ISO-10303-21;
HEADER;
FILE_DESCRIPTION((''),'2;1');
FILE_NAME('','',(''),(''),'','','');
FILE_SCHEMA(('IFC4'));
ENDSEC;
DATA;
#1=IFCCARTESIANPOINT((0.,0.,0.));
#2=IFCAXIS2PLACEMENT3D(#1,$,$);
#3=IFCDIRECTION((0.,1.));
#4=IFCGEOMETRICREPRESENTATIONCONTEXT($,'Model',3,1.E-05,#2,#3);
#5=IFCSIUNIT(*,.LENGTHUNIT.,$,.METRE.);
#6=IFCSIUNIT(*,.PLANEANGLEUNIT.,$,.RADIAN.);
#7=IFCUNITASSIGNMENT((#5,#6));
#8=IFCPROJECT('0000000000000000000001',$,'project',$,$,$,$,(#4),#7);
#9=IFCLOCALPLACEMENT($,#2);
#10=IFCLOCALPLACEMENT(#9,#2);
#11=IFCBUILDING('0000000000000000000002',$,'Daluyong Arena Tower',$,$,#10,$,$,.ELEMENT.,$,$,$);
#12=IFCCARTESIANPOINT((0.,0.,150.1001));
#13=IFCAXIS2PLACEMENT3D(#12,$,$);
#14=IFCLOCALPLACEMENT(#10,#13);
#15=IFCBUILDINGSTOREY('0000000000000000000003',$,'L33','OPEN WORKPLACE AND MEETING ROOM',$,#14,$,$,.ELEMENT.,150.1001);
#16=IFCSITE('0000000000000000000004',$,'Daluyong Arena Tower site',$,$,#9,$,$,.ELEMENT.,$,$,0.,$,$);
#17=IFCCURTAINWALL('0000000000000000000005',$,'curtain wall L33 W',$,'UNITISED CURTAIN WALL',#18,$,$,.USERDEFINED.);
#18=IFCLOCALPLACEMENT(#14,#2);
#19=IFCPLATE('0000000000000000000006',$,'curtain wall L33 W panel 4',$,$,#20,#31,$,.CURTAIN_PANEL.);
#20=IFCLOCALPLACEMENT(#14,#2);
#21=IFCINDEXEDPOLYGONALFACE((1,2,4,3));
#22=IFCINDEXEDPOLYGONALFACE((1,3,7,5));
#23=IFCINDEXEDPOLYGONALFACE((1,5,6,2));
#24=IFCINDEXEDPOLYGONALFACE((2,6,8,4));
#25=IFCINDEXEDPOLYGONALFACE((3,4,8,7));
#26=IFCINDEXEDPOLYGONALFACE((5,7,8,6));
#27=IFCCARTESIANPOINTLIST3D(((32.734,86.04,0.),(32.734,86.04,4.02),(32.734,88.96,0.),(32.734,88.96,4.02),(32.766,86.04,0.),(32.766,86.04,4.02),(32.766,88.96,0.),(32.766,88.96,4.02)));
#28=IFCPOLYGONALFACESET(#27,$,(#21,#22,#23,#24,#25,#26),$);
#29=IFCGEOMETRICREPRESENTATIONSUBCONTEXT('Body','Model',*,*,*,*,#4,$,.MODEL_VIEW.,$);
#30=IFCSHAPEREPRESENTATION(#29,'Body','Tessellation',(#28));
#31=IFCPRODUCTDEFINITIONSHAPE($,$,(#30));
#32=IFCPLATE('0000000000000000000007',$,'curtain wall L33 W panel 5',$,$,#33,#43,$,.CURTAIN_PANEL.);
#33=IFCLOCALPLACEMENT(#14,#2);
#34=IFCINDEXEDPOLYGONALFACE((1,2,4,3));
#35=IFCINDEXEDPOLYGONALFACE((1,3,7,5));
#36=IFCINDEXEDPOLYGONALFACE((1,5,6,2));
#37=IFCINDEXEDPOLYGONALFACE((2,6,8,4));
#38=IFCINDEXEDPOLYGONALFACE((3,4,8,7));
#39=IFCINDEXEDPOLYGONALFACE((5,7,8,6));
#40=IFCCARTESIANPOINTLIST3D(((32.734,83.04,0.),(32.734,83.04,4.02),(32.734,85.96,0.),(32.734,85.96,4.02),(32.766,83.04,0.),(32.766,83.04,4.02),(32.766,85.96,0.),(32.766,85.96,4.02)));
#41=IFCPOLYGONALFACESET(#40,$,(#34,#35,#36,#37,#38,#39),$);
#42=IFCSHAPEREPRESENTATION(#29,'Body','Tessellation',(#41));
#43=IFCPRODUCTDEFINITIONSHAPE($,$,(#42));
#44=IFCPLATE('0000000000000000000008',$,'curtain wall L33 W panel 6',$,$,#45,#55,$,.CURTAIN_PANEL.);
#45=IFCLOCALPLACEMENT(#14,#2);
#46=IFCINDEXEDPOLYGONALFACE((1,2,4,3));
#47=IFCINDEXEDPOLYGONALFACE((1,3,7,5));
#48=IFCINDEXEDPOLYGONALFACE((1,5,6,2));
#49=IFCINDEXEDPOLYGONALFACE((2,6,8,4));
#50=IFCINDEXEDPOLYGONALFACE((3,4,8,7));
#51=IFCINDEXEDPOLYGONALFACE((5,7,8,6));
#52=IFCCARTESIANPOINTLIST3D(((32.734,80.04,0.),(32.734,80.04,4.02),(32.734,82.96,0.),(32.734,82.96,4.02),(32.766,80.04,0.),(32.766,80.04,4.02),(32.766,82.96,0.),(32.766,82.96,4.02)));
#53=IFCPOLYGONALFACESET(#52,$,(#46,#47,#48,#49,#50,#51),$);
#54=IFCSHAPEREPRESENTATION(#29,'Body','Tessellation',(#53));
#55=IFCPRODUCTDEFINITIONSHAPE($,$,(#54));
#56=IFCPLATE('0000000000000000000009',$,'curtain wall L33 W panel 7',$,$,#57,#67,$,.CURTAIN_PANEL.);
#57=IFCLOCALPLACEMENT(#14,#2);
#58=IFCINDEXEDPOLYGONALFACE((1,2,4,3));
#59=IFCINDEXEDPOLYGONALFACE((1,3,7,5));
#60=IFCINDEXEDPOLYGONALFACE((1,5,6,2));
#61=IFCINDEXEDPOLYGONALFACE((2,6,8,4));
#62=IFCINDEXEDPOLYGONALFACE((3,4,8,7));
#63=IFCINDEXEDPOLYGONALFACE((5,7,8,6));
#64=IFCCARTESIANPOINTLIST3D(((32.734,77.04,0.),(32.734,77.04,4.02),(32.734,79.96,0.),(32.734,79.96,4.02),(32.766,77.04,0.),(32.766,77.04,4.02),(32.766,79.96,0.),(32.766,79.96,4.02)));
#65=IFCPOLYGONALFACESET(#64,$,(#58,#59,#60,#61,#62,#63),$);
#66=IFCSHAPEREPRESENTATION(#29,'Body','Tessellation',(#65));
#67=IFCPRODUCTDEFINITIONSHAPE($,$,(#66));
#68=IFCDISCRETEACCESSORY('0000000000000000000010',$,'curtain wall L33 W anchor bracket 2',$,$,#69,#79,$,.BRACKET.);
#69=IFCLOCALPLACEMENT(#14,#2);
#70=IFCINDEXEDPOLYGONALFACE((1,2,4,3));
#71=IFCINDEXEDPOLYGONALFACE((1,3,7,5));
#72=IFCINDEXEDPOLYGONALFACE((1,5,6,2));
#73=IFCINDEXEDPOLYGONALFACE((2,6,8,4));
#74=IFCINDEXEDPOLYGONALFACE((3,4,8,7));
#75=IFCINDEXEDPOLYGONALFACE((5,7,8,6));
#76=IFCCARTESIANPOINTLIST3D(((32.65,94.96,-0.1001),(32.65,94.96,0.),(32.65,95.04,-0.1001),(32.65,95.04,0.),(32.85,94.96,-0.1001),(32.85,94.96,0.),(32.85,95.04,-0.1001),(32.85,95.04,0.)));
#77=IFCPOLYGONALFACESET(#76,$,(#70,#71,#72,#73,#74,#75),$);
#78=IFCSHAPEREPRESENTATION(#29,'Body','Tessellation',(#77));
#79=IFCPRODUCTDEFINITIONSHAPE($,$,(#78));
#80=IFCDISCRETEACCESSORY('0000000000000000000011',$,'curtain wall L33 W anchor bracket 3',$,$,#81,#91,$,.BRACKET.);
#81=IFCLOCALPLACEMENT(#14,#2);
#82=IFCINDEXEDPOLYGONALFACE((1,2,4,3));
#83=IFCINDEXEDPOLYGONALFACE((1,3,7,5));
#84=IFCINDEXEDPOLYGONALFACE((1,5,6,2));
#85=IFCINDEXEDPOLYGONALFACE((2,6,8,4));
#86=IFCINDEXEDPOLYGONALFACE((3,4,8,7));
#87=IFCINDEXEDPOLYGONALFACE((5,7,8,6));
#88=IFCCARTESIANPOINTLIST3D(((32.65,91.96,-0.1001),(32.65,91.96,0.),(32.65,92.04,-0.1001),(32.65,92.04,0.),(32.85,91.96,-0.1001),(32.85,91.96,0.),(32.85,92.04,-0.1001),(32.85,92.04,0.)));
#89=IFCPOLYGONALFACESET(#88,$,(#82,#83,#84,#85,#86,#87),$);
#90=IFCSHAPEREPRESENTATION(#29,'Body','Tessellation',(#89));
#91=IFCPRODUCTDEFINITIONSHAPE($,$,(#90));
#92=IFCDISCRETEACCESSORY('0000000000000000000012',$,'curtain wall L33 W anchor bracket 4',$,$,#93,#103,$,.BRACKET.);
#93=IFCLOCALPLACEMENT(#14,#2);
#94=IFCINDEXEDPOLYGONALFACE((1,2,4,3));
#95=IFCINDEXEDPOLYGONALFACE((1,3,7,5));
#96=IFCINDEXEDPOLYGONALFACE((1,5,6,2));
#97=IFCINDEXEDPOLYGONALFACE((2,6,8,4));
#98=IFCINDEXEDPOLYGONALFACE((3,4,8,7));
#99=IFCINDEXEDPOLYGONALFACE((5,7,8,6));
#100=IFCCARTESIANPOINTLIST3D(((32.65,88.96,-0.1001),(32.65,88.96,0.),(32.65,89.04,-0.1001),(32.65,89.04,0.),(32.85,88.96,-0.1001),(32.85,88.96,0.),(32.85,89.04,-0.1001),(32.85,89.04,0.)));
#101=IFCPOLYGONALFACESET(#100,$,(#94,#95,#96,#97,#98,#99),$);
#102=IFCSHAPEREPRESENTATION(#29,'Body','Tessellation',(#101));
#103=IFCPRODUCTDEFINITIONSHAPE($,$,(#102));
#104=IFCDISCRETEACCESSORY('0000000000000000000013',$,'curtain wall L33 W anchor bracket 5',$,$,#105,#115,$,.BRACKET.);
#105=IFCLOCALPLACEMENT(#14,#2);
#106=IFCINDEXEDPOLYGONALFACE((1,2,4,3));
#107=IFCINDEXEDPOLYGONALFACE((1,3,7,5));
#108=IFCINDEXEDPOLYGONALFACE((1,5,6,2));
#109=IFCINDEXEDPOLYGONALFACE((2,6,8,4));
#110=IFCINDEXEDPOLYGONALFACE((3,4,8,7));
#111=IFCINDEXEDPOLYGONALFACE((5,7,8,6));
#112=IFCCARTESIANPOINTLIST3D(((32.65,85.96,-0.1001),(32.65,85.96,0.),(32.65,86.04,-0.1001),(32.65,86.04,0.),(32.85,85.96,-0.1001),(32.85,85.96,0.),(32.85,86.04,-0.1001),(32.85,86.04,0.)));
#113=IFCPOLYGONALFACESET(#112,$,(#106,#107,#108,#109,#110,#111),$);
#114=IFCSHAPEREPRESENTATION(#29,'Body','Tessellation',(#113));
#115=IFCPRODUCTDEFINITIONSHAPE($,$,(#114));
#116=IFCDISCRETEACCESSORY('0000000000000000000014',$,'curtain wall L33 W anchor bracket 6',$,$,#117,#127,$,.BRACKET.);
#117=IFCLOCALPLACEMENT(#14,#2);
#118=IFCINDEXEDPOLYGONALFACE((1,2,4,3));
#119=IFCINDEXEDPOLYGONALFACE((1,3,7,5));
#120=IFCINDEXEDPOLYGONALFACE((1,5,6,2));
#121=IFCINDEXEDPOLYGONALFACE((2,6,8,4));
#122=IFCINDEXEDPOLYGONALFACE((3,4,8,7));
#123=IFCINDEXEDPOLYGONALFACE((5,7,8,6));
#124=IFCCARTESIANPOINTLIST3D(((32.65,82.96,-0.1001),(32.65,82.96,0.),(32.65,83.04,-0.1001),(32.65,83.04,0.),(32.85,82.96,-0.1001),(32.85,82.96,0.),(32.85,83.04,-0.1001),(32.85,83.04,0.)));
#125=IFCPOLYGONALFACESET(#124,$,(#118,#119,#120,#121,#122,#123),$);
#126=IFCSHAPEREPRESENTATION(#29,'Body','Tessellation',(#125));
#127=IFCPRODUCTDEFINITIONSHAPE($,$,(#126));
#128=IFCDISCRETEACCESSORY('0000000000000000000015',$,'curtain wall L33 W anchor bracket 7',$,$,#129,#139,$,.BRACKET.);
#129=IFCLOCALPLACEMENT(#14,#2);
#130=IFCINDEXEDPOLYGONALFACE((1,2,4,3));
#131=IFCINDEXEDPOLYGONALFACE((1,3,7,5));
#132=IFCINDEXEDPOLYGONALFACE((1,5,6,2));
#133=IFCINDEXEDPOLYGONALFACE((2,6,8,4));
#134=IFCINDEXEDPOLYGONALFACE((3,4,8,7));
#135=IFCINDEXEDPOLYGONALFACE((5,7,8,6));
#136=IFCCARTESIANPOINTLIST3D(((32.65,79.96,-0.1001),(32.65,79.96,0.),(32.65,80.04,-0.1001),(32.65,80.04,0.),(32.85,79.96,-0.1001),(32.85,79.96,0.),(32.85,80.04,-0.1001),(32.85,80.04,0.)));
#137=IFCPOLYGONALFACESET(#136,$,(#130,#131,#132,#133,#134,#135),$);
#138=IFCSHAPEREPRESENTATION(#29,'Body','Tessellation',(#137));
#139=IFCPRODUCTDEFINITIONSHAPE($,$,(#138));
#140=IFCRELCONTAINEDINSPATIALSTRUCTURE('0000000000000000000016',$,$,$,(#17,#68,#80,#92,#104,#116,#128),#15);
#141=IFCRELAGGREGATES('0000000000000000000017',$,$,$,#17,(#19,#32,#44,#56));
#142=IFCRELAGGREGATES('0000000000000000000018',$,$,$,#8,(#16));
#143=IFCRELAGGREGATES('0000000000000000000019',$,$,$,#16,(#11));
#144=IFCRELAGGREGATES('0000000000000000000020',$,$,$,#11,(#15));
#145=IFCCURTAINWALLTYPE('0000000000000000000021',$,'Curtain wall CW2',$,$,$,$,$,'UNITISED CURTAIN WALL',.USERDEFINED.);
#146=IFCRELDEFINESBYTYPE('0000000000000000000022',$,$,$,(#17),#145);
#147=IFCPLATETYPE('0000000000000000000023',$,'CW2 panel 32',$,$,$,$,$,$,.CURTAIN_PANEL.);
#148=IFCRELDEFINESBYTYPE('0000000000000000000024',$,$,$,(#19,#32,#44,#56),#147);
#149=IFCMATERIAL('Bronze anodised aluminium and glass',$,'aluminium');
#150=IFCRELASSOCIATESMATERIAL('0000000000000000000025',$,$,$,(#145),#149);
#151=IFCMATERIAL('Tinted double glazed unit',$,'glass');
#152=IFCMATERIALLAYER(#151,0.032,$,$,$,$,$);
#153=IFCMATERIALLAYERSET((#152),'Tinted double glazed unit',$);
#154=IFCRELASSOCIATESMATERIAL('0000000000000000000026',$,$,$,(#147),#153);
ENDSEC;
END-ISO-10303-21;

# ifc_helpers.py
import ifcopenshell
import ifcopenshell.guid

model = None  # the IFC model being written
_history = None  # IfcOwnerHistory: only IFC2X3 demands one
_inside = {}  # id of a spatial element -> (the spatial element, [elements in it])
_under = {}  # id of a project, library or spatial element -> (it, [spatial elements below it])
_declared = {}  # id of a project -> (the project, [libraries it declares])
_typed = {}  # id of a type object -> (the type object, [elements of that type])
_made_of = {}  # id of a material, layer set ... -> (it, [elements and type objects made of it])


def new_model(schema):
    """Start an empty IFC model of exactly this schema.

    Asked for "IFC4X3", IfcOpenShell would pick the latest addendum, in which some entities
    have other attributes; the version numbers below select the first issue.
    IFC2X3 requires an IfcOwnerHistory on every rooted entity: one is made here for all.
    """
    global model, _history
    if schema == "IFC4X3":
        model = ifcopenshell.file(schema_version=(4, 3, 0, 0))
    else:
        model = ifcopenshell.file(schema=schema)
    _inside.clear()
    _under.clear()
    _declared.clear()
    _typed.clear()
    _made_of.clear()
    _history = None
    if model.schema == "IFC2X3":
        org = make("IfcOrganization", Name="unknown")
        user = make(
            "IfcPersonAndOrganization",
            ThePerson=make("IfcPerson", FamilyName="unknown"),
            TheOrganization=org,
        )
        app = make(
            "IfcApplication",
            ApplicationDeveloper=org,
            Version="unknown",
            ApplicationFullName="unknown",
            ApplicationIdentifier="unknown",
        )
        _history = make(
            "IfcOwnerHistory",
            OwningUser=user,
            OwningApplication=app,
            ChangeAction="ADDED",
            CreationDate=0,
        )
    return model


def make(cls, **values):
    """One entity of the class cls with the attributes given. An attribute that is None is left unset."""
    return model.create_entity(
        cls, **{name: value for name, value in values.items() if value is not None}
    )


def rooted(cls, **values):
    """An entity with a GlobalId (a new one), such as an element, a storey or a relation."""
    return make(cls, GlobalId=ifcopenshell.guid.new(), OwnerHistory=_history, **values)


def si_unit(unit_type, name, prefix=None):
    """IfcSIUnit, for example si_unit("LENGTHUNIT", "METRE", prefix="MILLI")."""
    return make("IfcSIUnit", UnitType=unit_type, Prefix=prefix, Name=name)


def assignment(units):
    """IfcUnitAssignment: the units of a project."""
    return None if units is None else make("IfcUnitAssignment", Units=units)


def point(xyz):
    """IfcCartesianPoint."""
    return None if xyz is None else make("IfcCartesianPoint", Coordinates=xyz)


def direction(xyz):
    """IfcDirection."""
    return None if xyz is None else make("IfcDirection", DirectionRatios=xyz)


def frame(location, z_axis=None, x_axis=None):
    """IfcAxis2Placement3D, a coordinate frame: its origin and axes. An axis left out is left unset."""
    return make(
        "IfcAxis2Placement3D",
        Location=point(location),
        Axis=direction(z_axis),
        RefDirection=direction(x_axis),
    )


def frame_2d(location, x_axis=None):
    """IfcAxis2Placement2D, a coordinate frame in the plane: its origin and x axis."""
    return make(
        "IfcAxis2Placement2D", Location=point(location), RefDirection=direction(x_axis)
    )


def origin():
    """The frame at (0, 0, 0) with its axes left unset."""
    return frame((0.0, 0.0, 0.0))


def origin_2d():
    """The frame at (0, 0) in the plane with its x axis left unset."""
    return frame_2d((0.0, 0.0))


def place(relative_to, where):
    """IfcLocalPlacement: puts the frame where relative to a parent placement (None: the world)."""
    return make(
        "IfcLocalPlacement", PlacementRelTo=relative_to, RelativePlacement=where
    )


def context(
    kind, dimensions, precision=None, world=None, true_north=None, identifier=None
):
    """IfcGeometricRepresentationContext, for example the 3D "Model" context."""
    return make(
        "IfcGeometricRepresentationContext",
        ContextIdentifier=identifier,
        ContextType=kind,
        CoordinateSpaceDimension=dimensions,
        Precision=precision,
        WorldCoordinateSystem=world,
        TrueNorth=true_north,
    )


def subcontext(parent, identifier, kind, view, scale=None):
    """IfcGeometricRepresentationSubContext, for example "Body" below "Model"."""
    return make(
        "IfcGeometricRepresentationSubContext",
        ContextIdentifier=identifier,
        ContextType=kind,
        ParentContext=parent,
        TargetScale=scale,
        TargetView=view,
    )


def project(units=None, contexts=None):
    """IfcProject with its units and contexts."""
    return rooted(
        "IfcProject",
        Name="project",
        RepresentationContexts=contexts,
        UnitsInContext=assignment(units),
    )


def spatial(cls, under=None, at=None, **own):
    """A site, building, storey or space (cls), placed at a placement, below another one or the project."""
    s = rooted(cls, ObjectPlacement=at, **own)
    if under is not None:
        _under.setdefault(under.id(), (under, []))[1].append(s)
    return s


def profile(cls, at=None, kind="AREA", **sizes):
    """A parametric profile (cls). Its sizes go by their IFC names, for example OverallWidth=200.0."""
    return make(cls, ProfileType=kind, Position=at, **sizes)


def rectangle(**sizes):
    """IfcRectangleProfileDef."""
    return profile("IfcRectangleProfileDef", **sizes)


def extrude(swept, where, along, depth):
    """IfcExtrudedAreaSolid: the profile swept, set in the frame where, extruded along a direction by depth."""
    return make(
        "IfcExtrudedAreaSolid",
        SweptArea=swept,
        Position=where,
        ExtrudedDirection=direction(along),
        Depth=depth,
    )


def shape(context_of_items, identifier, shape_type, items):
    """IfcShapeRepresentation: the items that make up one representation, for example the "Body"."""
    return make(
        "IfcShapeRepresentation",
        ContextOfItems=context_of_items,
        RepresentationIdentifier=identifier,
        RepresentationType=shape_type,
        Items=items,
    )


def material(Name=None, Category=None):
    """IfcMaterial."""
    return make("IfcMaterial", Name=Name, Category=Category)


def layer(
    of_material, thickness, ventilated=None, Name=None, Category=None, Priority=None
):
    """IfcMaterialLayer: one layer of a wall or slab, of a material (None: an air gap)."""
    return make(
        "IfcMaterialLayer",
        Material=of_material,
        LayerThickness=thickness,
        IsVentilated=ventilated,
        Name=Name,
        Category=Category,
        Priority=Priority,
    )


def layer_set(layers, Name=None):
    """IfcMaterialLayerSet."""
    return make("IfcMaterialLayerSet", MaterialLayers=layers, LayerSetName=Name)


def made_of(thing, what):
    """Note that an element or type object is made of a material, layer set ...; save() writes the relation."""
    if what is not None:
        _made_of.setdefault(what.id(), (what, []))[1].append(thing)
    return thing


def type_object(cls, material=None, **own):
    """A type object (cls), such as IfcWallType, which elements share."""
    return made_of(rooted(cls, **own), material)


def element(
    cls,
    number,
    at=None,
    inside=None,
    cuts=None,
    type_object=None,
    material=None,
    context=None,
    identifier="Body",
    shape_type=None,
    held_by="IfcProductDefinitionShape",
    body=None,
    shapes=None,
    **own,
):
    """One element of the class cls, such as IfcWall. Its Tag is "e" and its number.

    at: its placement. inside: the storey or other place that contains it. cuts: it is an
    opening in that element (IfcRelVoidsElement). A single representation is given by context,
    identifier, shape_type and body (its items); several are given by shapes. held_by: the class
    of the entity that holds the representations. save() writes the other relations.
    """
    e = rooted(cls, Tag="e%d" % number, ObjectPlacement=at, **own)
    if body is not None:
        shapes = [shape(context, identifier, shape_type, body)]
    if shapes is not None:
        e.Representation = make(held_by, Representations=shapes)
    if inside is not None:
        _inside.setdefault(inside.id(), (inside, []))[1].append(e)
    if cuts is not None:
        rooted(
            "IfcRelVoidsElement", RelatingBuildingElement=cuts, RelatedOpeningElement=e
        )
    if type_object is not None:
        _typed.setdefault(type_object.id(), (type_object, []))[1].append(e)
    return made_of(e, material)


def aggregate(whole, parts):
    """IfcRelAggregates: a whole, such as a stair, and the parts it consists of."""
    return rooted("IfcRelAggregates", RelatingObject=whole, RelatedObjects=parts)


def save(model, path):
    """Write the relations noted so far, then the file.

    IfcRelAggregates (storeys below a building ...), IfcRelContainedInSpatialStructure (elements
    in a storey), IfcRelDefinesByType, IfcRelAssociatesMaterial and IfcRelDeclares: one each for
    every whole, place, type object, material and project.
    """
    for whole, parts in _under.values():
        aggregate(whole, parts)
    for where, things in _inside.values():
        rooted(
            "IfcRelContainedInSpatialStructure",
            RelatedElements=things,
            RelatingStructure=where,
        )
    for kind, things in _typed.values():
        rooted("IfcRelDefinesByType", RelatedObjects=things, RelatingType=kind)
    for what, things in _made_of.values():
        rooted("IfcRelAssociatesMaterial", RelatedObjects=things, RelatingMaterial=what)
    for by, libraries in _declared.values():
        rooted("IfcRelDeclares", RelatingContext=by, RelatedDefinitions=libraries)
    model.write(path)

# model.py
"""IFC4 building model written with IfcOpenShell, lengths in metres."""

from ifc_helpers import new_model, si_unit, direction, frame, origin, origin_2d, place, context, subcontext, project, spatial, rectangle, extrude, material, layer, layer_set, type_object, element, aggregate, save


model = new_model("IFC4")

# Units and contexts
model_context = context("Model", 3, precision=1e-05, world=origin(), true_north=direction((0.0, 1.0)))
body_context = subcontext(model_context, "Body", "Model", "MODEL_VIEW")
ifc_project = project(units=[si_unit("LENGTHUNIT", "METRE"), si_unit("PLANEANGLEUNIT", "RADIAN")], contexts=[model_context])

# Site, building, storey
site_placement = place(None, origin())
site = spatial("IfcSite", under=ifc_project, at=site_placement, Name="Daluyong Arena Tower site", CompositionType="ELEMENT", RefElevation=0.0)
building_placement = place(site_placement, origin())
building = spatial("IfcBuilding", under=site, at=building_placement, Name="Daluyong Arena Tower", CompositionType="ELEMENT")
storey_placement = place(building_placement, frame((0.0, 0.0, 150.1001)))
storey = spatial("IfcBuildingStorey", under=building, at=storey_placement, Name="L33", Description="OPEN WORKPLACE AND MEETING ROOM", CompositionType="ELEMENT", Elevation=150.1001)

# Curtain wall
ifc_material_1 = material(Name="Bronze anodised aluminium and glass", Category="aluminium")
curtain_wall_type = type_object("IfcCurtainWallType", Name="Curtain wall CW2", ElementType="UNITISED CURTAIN WALL", PredefinedType="USERDEFINED", material=ifc_material_1)
curtain_wall_placement = place(storey_placement, origin())
curtain_wall = element("IfcCurtainWall", 1, at=curtain_wall_placement, inside=storey, type_object=curtain_wall_type, Name="curtain wall L33 W", ObjectType="UNITISED CURTAIN WALL", PredefinedType="USERDEFINED")

# Plates
ifc_material_2 = material(Name="Tinted double glazed unit", Category="glass")
ifc_layer = layer(ifc_material_2, 0.032)
ifc_layer_set = layer_set([ifc_layer], Name="Tinted double glazed unit")
plate_type = type_object("IfcPlateType", Name="CW2 panel 32", PredefinedType="CURTAIN_PANEL", material=ifc_layer_set)
plate_1_placement = place(storey_placement, frame((32.75, 87.5, 0.0), z_axis=(0.0, 0.0, 1.0), x_axis=(0.0, -1.0, 0.0)))
plate_1 = element("IfcPlate", 2, at=plate_1_placement, type_object=plate_type, Name="curtain wall L33 W panel 4", PredefinedType="CURTAIN_PANEL", context=body_context, shape_type="SweptSolid", body=[
    extrude(rectangle(XDim=2.9199, YDim=0.032, at=origin_2d()), origin(), (0.0, 0.0, 1.0), 4.02),
])
plate_2_placement = place(storey_placement, frame((32.75, 84.5, 0.0), z_axis=(0.0, 0.0, 1.0), x_axis=(0.0, -1.0, 0.0)))
plate_2 = element("IfcPlate", 3, at=plate_2_placement, type_object=plate_type, Name="curtain wall L33 W panel 5", PredefinedType="CURTAIN_PANEL", context=body_context, shape_type="SweptSolid", body=[
    extrude(rectangle(XDim=2.9199, YDim=0.032, at=origin_2d()), origin(), (0.0, 0.0, 1.0), 4.02),
])
plate_3_placement = place(storey_placement, frame((32.75, 81.5, 0.0), z_axis=(0.0, 0.0, 1.0), x_axis=(0.0, -1.0, 0.0)))
plate_3 = element("IfcPlate", 4, at=plate_3_placement, type_object=plate_type, Name="curtain wall L33 W panel 6", PredefinedType="CURTAIN_PANEL", context=body_context, shape_type="SweptSolid", body=[
    extrude(rectangle(XDim=2.9199, YDim=0.032, at=origin_2d()), origin(), (0.0, 0.0, 1.0), 4.02),
])
plate_4_placement = place(storey_placement, frame((32.75, 78.5, 0.0), z_axis=(0.0, 0.0, 1.0), x_axis=(0.0, -1.0, 0.0)))
plate_4 = element("IfcPlate", 5, at=plate_4_placement, type_object=plate_type, Name="curtain wall L33 W panel 7", PredefinedType="CURTAIN_PANEL", context=body_context, shape_type="SweptSolid", body=[
    extrude(rectangle(XDim=2.9199, YDim=0.032, at=origin_2d()), origin(), (0.0, 0.0, 1.0), 4.02),
])
aggregate(curtain_wall, [plate_1, plate_2, plate_3, plate_4])

# Discrete accessories
for number, where, z_axis, x_axis, name in (
    (6, (32.75, 95.0, -0.1001), (0.0, 0.0, 1.0), (0.0, -1.0, 0.0), "curtain wall L33 W anchor bracket 2"),
    (7, (32.75, 92.0, -0.1001), (0.0, 0.0, 1.0), (0.0, -1.0, 0.0), "curtain wall L33 W anchor bracket 3"),
    (8, (32.75, 89.0, -0.1001), (0.0, 0.0, 1.0), (0.0, -1.0, 0.0), "curtain wall L33 W anchor bracket 4"),
    (9, (32.75, 86.0, -0.1001), (0.0, 0.0, 1.0), (0.0, -1.0, 0.0), "curtain wall L33 W anchor bracket 5"),
    (10, (32.75, 83.0, -0.1001), (0.0, 0.0, 1.0), (0.0, -1.0, 0.0), "curtain wall L33 W anchor bracket 6"),
    (11, (32.75, 80.0, -0.1001), (0.0, 0.0, 1.0), (0.0, -1.0, 0.0), "curtain wall L33 W anchor bracket 7"),
):
    element("IfcDiscreteAccessory", number, at=place(storey_placement, frame(where, z_axis=z_axis, x_axis=x_axis)), inside=storey, Name=name, PredefinedType="BRACKET", context=body_context, shape_type="SweptSolid", body=[
        extrude(rectangle(XDim=0.0801, YDim=0.2, at=origin_2d()), origin(), (0.0, 0.0, 1.0), 0.1001),
    ])

save(model, "model.ifc")
